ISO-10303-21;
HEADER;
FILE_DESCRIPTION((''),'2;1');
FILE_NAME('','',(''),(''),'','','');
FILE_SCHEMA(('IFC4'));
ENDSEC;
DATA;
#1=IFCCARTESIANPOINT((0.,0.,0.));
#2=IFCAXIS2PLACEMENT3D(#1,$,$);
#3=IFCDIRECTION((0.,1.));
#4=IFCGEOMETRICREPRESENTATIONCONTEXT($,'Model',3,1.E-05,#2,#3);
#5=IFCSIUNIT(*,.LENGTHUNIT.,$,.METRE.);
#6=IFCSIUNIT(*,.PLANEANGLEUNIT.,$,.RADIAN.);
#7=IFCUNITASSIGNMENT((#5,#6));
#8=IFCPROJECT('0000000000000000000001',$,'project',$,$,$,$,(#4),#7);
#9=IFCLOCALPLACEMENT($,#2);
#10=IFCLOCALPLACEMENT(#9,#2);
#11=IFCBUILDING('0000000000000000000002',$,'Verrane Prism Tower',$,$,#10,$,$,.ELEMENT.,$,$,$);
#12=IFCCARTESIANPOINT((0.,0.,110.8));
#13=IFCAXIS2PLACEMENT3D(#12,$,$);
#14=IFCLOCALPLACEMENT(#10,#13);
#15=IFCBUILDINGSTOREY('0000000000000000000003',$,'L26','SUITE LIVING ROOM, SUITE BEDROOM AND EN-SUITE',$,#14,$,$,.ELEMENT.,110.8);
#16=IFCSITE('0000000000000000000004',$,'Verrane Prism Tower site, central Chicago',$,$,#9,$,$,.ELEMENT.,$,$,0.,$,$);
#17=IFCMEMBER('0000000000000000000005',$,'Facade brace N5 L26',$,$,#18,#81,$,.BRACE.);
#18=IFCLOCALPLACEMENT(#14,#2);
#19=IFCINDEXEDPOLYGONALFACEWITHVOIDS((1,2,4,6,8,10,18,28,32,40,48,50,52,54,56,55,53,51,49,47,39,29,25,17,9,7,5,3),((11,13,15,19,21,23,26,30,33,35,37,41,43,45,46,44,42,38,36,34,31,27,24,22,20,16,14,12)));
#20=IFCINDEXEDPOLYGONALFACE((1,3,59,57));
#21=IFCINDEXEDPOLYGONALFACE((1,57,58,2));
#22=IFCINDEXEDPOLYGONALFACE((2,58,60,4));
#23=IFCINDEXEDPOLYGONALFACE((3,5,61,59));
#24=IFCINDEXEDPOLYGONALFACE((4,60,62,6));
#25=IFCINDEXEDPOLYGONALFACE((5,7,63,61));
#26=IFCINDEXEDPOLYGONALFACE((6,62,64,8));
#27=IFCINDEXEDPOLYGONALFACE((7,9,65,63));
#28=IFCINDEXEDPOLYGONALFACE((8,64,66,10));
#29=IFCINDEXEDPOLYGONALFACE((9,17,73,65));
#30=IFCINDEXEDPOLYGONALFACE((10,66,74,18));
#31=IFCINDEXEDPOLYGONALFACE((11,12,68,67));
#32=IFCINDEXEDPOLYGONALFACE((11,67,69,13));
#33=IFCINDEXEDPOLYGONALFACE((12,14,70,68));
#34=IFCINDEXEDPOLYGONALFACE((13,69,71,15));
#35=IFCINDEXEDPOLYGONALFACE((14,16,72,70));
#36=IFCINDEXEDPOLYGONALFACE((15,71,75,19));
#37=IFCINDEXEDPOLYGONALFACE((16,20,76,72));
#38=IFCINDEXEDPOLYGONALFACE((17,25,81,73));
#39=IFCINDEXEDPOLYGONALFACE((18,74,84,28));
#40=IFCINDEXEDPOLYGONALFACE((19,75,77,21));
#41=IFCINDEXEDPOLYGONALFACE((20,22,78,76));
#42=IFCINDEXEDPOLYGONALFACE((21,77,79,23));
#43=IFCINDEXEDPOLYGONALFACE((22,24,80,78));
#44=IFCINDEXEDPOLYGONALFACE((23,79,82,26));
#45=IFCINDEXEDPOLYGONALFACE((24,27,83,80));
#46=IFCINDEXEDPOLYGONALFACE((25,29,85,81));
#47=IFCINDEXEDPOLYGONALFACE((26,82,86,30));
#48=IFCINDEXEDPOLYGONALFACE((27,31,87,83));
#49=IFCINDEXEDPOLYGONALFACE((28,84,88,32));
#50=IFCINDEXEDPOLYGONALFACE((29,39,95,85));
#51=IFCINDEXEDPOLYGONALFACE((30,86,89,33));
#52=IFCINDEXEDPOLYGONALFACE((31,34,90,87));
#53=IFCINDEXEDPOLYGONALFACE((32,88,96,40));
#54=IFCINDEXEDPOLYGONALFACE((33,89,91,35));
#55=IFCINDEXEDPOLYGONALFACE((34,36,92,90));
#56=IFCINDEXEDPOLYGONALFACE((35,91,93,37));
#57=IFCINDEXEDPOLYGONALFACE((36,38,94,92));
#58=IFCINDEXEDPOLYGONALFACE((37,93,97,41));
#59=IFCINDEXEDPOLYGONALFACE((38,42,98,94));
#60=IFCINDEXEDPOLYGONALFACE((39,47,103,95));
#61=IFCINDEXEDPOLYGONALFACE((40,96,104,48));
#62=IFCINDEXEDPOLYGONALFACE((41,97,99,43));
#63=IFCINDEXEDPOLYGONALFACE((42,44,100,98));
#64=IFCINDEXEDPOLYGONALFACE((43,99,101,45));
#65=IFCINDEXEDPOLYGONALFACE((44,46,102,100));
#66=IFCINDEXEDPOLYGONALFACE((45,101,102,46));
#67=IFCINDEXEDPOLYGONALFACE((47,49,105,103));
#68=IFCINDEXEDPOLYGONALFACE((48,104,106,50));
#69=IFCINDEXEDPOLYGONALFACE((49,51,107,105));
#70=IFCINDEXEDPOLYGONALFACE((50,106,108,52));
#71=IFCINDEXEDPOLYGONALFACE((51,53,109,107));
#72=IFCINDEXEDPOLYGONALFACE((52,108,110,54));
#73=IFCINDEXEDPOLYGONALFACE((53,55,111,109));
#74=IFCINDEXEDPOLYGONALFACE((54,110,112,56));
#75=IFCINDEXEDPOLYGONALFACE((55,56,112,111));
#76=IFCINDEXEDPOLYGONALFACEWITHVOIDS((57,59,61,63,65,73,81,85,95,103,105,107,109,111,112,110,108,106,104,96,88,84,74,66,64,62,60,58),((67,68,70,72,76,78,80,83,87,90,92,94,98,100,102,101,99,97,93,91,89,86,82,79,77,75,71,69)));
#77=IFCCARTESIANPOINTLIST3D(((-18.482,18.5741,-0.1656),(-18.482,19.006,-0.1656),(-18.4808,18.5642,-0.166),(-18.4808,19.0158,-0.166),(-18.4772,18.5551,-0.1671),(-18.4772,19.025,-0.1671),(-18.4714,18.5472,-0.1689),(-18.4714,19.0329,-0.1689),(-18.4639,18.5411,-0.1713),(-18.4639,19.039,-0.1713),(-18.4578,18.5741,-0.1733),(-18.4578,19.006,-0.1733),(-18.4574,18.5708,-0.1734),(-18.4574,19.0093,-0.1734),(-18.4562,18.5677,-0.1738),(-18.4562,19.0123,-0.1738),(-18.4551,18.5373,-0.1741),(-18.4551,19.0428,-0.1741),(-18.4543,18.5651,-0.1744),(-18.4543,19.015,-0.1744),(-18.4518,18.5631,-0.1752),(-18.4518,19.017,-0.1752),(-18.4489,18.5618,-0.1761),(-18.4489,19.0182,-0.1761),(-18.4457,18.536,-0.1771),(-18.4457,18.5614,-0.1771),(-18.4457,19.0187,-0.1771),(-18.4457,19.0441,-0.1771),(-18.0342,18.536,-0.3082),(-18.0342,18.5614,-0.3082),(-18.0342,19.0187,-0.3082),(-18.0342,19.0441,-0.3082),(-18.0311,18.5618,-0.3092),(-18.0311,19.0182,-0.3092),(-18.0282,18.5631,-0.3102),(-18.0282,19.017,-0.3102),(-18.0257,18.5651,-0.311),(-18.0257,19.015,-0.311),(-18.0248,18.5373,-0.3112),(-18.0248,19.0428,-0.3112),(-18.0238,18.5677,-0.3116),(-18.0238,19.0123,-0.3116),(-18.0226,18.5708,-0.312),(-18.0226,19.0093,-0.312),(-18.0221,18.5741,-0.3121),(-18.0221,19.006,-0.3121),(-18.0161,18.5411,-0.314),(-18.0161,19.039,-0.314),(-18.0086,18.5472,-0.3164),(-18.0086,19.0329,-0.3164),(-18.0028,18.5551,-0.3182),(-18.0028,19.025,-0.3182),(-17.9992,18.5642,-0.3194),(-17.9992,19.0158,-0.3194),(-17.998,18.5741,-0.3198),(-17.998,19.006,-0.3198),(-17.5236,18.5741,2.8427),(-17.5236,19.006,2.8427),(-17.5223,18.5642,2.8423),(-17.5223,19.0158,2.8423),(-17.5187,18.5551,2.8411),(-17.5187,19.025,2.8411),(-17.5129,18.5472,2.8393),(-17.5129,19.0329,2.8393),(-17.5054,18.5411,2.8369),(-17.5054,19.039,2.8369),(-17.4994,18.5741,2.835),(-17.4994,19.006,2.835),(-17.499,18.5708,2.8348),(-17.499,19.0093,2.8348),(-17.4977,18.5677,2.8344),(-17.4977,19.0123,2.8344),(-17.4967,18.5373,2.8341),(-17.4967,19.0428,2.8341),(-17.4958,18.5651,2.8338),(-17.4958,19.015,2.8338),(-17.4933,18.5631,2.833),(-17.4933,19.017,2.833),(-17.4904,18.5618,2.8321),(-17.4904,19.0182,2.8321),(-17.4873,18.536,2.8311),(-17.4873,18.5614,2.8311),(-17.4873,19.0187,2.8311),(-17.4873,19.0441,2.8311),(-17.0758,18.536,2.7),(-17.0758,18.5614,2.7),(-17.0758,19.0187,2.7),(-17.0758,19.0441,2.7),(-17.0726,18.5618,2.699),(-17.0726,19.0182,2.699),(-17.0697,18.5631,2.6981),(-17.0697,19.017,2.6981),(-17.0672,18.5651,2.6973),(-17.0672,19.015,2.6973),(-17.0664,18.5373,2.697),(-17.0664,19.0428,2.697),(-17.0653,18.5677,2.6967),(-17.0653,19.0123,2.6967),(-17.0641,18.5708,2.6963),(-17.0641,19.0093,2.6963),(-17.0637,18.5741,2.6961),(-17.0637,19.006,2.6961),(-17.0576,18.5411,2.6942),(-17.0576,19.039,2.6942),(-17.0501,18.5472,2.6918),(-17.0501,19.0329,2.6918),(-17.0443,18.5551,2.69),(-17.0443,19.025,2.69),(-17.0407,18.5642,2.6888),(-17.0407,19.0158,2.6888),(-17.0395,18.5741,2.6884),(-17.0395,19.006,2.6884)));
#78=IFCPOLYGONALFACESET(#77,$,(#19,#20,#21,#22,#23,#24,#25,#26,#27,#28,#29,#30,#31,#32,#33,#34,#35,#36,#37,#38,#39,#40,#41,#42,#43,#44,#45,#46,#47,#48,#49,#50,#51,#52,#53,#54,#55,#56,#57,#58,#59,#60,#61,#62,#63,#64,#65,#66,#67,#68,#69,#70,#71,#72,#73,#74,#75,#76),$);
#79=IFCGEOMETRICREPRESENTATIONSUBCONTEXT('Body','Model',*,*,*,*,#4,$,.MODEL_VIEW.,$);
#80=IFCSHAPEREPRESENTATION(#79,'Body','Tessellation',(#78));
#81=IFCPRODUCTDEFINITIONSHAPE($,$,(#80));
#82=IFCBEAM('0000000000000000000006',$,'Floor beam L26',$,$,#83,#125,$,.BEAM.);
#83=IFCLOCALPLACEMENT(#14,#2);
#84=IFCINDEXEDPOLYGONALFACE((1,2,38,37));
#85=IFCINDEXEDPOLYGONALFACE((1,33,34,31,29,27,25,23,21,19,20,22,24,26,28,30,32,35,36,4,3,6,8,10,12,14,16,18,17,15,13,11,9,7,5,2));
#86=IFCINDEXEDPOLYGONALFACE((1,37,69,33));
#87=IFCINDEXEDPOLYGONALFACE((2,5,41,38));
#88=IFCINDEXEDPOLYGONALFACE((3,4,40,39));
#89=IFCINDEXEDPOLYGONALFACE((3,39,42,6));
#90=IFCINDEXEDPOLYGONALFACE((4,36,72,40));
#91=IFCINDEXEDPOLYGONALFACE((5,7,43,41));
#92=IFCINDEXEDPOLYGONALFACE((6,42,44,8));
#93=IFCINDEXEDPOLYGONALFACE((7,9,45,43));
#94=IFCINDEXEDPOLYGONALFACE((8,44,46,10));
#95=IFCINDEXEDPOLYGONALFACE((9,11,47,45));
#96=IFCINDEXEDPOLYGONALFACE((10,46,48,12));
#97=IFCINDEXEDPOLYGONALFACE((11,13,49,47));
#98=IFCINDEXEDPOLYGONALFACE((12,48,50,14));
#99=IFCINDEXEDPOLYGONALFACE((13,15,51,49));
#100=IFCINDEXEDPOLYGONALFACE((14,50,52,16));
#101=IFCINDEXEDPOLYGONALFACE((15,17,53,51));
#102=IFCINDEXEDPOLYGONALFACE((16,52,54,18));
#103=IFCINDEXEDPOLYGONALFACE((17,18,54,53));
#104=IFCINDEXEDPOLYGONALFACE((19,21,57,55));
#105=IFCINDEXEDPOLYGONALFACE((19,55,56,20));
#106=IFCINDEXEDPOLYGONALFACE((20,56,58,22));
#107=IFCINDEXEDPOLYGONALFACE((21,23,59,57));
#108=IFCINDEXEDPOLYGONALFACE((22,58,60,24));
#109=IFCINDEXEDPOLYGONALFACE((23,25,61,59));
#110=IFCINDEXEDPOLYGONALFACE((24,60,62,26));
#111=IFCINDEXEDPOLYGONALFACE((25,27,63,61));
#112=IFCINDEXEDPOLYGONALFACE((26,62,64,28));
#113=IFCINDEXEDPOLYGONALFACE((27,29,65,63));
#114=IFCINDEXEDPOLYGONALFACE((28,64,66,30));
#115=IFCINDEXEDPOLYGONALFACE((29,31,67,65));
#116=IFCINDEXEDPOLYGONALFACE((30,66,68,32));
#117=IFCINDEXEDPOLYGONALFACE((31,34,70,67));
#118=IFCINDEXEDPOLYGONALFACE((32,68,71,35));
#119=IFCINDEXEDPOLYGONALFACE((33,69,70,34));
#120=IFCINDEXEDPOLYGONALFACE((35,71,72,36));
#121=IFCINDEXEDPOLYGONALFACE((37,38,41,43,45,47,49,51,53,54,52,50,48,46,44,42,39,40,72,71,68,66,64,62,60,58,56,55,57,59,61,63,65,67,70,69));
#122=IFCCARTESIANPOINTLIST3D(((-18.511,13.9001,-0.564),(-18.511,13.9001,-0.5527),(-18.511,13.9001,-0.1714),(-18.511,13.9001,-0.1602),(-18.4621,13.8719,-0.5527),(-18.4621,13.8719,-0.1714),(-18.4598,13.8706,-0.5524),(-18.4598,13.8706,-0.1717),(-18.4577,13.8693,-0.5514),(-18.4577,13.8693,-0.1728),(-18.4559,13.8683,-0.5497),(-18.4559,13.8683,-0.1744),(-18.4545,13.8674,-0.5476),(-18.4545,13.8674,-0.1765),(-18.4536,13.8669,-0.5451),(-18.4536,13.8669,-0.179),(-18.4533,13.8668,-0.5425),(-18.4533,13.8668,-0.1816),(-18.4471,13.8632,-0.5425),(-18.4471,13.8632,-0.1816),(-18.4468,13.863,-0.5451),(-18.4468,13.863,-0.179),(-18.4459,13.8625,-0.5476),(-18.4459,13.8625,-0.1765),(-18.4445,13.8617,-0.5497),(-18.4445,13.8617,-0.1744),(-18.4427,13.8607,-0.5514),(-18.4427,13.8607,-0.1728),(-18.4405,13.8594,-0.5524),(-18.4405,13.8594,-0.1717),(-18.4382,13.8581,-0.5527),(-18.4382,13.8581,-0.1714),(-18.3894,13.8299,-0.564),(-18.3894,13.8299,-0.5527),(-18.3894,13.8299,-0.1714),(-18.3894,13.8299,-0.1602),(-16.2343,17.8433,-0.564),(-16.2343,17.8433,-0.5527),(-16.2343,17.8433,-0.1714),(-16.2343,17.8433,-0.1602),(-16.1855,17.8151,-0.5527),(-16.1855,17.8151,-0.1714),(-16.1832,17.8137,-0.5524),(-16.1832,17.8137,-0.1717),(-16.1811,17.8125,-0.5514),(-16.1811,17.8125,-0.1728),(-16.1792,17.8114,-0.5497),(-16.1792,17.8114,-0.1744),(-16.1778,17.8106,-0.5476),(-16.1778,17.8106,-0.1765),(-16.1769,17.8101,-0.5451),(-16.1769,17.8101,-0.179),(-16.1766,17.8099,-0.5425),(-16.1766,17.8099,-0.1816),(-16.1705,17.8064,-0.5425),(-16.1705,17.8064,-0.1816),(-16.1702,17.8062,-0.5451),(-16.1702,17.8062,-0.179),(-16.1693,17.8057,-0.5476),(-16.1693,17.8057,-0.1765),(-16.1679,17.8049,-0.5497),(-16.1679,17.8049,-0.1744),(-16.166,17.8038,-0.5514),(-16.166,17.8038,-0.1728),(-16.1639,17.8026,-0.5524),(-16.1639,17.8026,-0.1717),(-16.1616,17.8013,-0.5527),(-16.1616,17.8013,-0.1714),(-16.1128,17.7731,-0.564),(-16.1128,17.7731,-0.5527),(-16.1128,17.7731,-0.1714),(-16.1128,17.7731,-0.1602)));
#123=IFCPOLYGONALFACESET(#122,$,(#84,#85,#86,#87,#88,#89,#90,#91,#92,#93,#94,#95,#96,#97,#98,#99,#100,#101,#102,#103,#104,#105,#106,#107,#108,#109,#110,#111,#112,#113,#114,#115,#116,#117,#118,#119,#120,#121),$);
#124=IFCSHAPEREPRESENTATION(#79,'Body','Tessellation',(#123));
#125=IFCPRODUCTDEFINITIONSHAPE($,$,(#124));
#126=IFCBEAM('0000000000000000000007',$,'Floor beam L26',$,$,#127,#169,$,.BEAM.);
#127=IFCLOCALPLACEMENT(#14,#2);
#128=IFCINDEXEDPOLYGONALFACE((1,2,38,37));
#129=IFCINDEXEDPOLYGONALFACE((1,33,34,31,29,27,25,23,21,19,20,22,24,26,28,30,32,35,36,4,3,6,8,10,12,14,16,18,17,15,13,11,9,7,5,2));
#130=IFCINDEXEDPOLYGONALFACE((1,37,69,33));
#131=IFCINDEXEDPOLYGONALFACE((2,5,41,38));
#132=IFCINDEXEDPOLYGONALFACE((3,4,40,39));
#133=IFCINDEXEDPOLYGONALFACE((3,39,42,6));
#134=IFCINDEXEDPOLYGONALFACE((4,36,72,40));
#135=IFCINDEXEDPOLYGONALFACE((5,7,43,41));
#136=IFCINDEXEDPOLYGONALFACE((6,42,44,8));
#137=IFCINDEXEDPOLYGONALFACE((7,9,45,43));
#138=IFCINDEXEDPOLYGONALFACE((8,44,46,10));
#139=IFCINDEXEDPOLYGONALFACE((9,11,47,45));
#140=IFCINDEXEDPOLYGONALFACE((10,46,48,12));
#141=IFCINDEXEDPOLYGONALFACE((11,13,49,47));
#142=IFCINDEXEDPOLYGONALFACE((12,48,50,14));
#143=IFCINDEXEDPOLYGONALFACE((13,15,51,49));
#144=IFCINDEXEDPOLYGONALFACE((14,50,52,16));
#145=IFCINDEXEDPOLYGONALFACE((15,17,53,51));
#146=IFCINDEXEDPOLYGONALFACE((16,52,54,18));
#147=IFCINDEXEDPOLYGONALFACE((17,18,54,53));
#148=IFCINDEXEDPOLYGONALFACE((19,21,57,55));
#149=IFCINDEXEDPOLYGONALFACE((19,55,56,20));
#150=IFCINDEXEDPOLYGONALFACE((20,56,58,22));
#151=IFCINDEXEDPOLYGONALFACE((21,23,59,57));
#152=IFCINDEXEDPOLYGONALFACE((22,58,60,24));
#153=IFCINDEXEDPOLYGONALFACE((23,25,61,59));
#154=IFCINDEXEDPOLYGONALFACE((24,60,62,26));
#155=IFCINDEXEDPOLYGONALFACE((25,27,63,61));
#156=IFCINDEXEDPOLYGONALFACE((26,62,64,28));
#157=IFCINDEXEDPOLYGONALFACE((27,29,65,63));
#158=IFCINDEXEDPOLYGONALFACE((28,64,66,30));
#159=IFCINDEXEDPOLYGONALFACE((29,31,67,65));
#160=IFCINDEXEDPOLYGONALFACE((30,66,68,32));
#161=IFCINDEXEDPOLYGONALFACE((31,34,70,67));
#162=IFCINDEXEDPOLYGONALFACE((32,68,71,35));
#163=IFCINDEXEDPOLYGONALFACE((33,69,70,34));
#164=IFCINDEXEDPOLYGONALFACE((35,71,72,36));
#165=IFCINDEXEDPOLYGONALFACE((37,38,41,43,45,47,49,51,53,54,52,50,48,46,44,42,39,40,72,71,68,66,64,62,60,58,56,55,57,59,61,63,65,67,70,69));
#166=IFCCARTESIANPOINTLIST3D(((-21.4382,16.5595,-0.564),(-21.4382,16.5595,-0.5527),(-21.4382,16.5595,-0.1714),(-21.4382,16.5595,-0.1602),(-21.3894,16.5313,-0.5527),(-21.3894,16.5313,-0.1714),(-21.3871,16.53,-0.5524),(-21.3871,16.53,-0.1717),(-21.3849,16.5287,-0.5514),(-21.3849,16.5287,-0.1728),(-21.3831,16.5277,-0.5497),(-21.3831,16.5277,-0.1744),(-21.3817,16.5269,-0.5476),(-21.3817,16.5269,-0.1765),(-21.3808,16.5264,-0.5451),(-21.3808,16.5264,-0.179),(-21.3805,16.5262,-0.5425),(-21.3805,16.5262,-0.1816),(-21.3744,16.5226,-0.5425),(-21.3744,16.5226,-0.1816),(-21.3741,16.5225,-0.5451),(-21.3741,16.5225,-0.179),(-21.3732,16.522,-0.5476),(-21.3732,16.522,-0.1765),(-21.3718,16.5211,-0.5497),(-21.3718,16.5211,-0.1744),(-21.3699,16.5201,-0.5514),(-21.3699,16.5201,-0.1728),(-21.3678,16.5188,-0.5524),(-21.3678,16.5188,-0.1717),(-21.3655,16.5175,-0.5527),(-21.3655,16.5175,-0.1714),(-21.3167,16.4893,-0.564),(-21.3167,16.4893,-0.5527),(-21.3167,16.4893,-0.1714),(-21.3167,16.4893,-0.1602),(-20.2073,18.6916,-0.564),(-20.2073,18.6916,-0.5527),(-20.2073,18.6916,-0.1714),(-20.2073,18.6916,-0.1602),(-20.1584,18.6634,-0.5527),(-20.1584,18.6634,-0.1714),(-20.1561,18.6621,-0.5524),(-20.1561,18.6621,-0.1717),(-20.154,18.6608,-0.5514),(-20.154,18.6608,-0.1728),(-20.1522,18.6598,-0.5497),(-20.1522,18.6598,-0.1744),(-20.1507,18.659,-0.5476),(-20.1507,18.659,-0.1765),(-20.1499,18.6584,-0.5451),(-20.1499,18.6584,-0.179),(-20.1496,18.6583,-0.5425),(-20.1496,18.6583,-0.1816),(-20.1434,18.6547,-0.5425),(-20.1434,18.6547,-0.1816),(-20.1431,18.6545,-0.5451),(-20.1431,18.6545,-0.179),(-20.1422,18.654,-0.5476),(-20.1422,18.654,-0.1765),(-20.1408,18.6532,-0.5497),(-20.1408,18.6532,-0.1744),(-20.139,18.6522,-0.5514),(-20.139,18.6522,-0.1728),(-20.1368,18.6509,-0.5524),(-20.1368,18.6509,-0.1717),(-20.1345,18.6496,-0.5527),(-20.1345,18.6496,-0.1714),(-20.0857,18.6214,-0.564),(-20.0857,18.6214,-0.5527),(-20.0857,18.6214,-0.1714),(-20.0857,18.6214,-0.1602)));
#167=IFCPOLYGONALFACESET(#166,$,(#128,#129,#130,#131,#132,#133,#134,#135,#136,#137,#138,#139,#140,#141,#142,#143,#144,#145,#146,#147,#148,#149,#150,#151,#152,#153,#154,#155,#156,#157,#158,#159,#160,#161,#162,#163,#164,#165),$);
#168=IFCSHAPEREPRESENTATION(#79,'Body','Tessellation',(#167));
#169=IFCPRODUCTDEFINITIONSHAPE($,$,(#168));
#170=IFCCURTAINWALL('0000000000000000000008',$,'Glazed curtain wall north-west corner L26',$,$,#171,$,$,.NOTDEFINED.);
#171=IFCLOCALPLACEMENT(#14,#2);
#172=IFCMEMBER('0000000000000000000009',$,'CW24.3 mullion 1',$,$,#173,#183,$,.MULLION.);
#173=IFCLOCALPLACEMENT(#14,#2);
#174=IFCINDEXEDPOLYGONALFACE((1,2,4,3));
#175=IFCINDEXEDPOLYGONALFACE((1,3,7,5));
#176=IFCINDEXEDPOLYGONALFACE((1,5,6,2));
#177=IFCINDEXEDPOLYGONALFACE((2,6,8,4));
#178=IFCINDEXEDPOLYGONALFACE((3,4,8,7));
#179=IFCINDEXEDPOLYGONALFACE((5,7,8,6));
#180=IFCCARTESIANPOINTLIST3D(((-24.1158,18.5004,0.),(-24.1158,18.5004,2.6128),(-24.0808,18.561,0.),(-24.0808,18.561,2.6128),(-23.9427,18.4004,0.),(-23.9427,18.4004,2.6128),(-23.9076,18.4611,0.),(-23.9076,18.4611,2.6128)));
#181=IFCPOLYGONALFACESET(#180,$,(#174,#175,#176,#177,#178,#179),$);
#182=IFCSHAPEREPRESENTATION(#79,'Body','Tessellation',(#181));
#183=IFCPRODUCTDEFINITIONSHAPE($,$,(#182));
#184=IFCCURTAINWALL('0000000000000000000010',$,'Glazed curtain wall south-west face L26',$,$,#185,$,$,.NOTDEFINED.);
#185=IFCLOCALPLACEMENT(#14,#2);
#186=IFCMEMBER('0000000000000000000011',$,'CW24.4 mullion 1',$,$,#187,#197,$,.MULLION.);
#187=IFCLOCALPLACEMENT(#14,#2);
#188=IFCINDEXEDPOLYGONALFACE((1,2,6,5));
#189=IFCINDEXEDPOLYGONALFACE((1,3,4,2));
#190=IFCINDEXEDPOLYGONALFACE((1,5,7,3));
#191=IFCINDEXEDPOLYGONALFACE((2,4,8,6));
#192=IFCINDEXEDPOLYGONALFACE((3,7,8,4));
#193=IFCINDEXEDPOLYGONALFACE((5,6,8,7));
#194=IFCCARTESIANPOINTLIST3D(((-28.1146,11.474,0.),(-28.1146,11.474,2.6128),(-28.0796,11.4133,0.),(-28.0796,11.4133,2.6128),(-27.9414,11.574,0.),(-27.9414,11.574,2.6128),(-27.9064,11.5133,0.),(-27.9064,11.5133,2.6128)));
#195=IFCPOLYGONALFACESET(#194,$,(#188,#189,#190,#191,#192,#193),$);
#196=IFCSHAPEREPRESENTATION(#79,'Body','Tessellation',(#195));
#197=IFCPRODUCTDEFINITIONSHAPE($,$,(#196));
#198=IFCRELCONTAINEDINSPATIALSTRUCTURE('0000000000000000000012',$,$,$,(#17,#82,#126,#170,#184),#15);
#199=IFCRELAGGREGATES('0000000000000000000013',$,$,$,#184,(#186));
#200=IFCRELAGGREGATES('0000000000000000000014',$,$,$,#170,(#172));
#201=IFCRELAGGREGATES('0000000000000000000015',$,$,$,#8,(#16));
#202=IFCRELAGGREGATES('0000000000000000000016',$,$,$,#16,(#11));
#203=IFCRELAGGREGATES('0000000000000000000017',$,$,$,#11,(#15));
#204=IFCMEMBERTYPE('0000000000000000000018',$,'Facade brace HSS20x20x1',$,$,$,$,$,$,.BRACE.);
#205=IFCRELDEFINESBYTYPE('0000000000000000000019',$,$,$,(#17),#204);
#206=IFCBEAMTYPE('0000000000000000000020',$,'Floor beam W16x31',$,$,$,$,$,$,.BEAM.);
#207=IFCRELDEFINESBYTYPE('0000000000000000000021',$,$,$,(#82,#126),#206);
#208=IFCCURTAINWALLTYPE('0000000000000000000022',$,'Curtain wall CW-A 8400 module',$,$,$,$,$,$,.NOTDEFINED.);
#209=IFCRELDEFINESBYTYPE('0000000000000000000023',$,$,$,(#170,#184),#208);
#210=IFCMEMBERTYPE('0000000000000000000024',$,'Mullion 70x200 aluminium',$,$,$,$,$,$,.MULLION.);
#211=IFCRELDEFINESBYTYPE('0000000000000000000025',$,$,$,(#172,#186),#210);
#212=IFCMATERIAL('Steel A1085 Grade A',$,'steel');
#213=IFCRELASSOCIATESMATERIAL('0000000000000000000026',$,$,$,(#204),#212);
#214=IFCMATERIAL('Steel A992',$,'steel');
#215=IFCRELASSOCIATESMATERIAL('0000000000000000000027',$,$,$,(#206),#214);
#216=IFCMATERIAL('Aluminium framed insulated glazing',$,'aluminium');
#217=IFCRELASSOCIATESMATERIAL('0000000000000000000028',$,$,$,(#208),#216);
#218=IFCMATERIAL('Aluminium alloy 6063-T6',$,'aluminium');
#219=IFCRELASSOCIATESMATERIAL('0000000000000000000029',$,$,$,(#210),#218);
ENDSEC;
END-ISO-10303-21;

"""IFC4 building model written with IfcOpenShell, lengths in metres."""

from ifc_helpers import new_model, si_unit, direction, frame, origin, origin_2d, place, context, subcontext, project, spatial, rectangle, hollow_rectangle, i_section, extrude, material, material_profile, profile_set, type_object, element, aggregate, save


model = new_model("IFC4")

# Units and contexts
model_context = context("Model", 3, precision=1e-05, world=origin(), true_north=direction((0.0, 1.0)))
body_context = subcontext(model_context, "Body", "Model", "MODEL_VIEW")
ifc_project = project(units=[si_unit("LENGTHUNIT", "METRE"), si_unit("PLANEANGLEUNIT", "RADIAN")], contexts=[model_context])

# Site, building, storey
site_placement = place(None, origin())
site = spatial("IfcSite", under=ifc_project, at=site_placement, Name="Verrane Prism Tower site, central Chicago", CompositionType="ELEMENT", RefElevation=0.0)
building_placement = place(site_placement, origin())
building = spatial("IfcBuilding", under=site, at=building_placement, Name="Verrane Prism Tower", CompositionType="ELEMENT")
storey_placement = place(building_placement, frame((0.0, 0.0, 110.8)))
storey = spatial("IfcBuildingStorey", under=building, at=storey_placement, Name="L26", Description="SUITE LIVING ROOM, SUITE BEDROOM AND EN-SUITE", CompositionType="ELEMENT", Elevation=110.8)

# Member
ifc_material_1 = material(Name="Steel A1085 Grade A", Category="steel")
ifc_material_profile_1 = material_profile(ifc_material_1, hollow_rectangle(XDim=0.5081, YDim=0.5081, WallThickness=0.0254, InnerFilletRadius=0.0127, OuterFilletRadius=0.0381, at=origin_2d()), Name="HSS20x20x1")
ifc_profile_set_1 = profile_set([ifc_material_profile_1], Name="Steel A1085 Grade A")
member_type_1 = type_object("IfcMemberType", Name="Facade brace HSS20x20x1", PredefinedType="BRACE", material=ifc_profile_set_1)
member_1_placement = place(storey_placement, frame((-18.24, 18.79, -0.2427), z_axis=(0.30358, 0.0, 0.952806), x_axis=(0.0, 1.0, 0.0)))
element("IfcMember", 1, at=member_1_placement, inside=storey, type_object=member_type_1, Name="Facade brace N5 L26", PredefinedType="BRACE", context=body_context, shape_type="SweptSolid", body=[
    extrude(hollow_rectangle(XDim=0.5081, YDim=0.5081, WallThickness=0.0254, InnerFilletRadius=0.0127, OuterFilletRadius=0.0381, at=origin_2d()), origin(), (0.0, 0.0, 1.0), 3.1572),
])

# Beams
ifc_material_2 = material(Name="Steel A992", Category="steel")
ifc_material_profile_2 = material_profile(ifc_material_2, i_section(OverallWidth=0.1404, OverallDepth=0.4038, WebThickness=0.0071, FlangeThickness=0.0112, FilletRadius=0.0103, at=origin_2d()), Name="W16x31")
ifc_profile_set_2 = profile_set([ifc_material_profile_2], Name="Steel A992")
beam_type_1 = type_object("IfcBeamType", Name="Floor beam W16x31", PredefinedType="BEAM", material=ifc_profile_set_2)
beam_1_placement = place(storey_placement, frame((-18.4502, 13.865, -0.3621), z_axis=(0.500009, 0.86602, 0.0), x_axis=(-0.86602, 0.500009, 0.0)))
element("IfcBeam", 2, at=beam_1_placement, inside=storey, type_object=beam_type_1, Name="Floor beam L26", PredefinedType="BEAM", context=body_context, shape_type="SweptSolid", body=[
    extrude(i_section(OverallWidth=0.1404, OverallDepth=0.4038, WebThickness=0.0071, FlangeThickness=0.0112, FilletRadius=0.0103, at=origin_2d()), origin(), (0.0, 0.0, 1.0), 4.5532),
])
beam_2_placement = place(storey_placement, frame((-21.3774, 16.5244, -0.3621), z_axis=(0.5, 0.866025, 0.0), x_axis=(-0.866025, 0.5, 0.0)))
element("IfcBeam", 3, at=beam_2_placement, inside=storey, type_object=beam_type_1, Name="Floor beam L26", PredefinedType="BEAM", context=body_context, shape_type="SweptSolid", body=[
    extrude(i_section(OverallWidth=0.1404, OverallDepth=0.4038, WebThickness=0.0071, FlangeThickness=0.0112, FilletRadius=0.0103, at=origin_2d()), origin(), (0.0, 0.0, 1.0), 2.4619),
])

# Curtain walls, members
ifc_material_3 = material(Name="Aluminium framed insulated glazing", Category="aluminium")
curtain_wall_type = type_object("IfcCurtainWallType", Name="Curtain wall CW-A 8400 module", PredefinedType="NOTDEFINED", material=ifc_material_3)
curtain_wall_1_placement = place(storey_placement, origin())
curtain_wall_1 = element("IfcCurtainWall", 4, at=curtain_wall_1_placement, inside=storey, type_object=curtain_wall_type, Name="Glazed curtain wall north-west corner L26", PredefinedType="NOTDEFINED")
ifc_material_4 = material(Name="Aluminium alloy 6063-T6", Category="aluminium")
ifc_material_profile_3 = material_profile(ifc_material_4, rectangle(XDim=0.2, YDim=0.0701, at=origin_2d()), Name="Mullion 70x200 aluminium")
ifc_profile_set_3 = profile_set([ifc_material_profile_3], Name="Aluminium alloy 6063-T6")
member_type_2 = type_object("IfcMemberType", Name="Mullion 70x200 aluminium", PredefinedType="MULLION", material=ifc_profile_set_3)
member_2_placement = place(storey_placement, frame((-24.0117, 18.4807, 0.0), z_axis=(0.0, 0.0, 1.0), x_axis=(0.866028, -0.499996, 0.0)))
member_2 = element("IfcMember", 5, at=member_2_placement, type_object=member_type_2, Name="CW24.3 mullion 1", PredefinedType="MULLION", context=body_context, shape_type="SweptSolid", body=[
    extrude(rectangle(XDim=0.2, YDim=0.0701, at=origin_2d()), origin(), (0.0, 0.0, 1.0), 2.6128),
])
curtain_wall_2_placement = place(storey_placement, origin())
curtain_wall_2 = element("IfcCurtainWall", 6, at=curtain_wall_2_placement, inside=storey, type_object=curtain_wall_type, Name="Glazed curtain wall south-west face L26", PredefinedType="NOTDEFINED")
member_3_placement = place(storey_placement, frame((-28.0105, 11.4937, 0.0), z_axis=(0.0, 0.0, 1.0), x_axis=(0.866025, 0.5, 0.0)))
member_3 = element("IfcMember", 7, at=member_3_placement, type_object=member_type_2, Name="CW24.4 mullion 1", PredefinedType="MULLION", context=body_context, shape_type="SweptSolid", body=[
    extrude(rectangle(XDim=0.2, YDim=0.0701, at=origin_2d()), origin(), (0.0, 0.0, 1.0), 2.6128),
])

aggregate(curtain_wall_2, [member_3])

aggregate(curtain_wall_1, [member_2])

save(model, "model.ifc")
